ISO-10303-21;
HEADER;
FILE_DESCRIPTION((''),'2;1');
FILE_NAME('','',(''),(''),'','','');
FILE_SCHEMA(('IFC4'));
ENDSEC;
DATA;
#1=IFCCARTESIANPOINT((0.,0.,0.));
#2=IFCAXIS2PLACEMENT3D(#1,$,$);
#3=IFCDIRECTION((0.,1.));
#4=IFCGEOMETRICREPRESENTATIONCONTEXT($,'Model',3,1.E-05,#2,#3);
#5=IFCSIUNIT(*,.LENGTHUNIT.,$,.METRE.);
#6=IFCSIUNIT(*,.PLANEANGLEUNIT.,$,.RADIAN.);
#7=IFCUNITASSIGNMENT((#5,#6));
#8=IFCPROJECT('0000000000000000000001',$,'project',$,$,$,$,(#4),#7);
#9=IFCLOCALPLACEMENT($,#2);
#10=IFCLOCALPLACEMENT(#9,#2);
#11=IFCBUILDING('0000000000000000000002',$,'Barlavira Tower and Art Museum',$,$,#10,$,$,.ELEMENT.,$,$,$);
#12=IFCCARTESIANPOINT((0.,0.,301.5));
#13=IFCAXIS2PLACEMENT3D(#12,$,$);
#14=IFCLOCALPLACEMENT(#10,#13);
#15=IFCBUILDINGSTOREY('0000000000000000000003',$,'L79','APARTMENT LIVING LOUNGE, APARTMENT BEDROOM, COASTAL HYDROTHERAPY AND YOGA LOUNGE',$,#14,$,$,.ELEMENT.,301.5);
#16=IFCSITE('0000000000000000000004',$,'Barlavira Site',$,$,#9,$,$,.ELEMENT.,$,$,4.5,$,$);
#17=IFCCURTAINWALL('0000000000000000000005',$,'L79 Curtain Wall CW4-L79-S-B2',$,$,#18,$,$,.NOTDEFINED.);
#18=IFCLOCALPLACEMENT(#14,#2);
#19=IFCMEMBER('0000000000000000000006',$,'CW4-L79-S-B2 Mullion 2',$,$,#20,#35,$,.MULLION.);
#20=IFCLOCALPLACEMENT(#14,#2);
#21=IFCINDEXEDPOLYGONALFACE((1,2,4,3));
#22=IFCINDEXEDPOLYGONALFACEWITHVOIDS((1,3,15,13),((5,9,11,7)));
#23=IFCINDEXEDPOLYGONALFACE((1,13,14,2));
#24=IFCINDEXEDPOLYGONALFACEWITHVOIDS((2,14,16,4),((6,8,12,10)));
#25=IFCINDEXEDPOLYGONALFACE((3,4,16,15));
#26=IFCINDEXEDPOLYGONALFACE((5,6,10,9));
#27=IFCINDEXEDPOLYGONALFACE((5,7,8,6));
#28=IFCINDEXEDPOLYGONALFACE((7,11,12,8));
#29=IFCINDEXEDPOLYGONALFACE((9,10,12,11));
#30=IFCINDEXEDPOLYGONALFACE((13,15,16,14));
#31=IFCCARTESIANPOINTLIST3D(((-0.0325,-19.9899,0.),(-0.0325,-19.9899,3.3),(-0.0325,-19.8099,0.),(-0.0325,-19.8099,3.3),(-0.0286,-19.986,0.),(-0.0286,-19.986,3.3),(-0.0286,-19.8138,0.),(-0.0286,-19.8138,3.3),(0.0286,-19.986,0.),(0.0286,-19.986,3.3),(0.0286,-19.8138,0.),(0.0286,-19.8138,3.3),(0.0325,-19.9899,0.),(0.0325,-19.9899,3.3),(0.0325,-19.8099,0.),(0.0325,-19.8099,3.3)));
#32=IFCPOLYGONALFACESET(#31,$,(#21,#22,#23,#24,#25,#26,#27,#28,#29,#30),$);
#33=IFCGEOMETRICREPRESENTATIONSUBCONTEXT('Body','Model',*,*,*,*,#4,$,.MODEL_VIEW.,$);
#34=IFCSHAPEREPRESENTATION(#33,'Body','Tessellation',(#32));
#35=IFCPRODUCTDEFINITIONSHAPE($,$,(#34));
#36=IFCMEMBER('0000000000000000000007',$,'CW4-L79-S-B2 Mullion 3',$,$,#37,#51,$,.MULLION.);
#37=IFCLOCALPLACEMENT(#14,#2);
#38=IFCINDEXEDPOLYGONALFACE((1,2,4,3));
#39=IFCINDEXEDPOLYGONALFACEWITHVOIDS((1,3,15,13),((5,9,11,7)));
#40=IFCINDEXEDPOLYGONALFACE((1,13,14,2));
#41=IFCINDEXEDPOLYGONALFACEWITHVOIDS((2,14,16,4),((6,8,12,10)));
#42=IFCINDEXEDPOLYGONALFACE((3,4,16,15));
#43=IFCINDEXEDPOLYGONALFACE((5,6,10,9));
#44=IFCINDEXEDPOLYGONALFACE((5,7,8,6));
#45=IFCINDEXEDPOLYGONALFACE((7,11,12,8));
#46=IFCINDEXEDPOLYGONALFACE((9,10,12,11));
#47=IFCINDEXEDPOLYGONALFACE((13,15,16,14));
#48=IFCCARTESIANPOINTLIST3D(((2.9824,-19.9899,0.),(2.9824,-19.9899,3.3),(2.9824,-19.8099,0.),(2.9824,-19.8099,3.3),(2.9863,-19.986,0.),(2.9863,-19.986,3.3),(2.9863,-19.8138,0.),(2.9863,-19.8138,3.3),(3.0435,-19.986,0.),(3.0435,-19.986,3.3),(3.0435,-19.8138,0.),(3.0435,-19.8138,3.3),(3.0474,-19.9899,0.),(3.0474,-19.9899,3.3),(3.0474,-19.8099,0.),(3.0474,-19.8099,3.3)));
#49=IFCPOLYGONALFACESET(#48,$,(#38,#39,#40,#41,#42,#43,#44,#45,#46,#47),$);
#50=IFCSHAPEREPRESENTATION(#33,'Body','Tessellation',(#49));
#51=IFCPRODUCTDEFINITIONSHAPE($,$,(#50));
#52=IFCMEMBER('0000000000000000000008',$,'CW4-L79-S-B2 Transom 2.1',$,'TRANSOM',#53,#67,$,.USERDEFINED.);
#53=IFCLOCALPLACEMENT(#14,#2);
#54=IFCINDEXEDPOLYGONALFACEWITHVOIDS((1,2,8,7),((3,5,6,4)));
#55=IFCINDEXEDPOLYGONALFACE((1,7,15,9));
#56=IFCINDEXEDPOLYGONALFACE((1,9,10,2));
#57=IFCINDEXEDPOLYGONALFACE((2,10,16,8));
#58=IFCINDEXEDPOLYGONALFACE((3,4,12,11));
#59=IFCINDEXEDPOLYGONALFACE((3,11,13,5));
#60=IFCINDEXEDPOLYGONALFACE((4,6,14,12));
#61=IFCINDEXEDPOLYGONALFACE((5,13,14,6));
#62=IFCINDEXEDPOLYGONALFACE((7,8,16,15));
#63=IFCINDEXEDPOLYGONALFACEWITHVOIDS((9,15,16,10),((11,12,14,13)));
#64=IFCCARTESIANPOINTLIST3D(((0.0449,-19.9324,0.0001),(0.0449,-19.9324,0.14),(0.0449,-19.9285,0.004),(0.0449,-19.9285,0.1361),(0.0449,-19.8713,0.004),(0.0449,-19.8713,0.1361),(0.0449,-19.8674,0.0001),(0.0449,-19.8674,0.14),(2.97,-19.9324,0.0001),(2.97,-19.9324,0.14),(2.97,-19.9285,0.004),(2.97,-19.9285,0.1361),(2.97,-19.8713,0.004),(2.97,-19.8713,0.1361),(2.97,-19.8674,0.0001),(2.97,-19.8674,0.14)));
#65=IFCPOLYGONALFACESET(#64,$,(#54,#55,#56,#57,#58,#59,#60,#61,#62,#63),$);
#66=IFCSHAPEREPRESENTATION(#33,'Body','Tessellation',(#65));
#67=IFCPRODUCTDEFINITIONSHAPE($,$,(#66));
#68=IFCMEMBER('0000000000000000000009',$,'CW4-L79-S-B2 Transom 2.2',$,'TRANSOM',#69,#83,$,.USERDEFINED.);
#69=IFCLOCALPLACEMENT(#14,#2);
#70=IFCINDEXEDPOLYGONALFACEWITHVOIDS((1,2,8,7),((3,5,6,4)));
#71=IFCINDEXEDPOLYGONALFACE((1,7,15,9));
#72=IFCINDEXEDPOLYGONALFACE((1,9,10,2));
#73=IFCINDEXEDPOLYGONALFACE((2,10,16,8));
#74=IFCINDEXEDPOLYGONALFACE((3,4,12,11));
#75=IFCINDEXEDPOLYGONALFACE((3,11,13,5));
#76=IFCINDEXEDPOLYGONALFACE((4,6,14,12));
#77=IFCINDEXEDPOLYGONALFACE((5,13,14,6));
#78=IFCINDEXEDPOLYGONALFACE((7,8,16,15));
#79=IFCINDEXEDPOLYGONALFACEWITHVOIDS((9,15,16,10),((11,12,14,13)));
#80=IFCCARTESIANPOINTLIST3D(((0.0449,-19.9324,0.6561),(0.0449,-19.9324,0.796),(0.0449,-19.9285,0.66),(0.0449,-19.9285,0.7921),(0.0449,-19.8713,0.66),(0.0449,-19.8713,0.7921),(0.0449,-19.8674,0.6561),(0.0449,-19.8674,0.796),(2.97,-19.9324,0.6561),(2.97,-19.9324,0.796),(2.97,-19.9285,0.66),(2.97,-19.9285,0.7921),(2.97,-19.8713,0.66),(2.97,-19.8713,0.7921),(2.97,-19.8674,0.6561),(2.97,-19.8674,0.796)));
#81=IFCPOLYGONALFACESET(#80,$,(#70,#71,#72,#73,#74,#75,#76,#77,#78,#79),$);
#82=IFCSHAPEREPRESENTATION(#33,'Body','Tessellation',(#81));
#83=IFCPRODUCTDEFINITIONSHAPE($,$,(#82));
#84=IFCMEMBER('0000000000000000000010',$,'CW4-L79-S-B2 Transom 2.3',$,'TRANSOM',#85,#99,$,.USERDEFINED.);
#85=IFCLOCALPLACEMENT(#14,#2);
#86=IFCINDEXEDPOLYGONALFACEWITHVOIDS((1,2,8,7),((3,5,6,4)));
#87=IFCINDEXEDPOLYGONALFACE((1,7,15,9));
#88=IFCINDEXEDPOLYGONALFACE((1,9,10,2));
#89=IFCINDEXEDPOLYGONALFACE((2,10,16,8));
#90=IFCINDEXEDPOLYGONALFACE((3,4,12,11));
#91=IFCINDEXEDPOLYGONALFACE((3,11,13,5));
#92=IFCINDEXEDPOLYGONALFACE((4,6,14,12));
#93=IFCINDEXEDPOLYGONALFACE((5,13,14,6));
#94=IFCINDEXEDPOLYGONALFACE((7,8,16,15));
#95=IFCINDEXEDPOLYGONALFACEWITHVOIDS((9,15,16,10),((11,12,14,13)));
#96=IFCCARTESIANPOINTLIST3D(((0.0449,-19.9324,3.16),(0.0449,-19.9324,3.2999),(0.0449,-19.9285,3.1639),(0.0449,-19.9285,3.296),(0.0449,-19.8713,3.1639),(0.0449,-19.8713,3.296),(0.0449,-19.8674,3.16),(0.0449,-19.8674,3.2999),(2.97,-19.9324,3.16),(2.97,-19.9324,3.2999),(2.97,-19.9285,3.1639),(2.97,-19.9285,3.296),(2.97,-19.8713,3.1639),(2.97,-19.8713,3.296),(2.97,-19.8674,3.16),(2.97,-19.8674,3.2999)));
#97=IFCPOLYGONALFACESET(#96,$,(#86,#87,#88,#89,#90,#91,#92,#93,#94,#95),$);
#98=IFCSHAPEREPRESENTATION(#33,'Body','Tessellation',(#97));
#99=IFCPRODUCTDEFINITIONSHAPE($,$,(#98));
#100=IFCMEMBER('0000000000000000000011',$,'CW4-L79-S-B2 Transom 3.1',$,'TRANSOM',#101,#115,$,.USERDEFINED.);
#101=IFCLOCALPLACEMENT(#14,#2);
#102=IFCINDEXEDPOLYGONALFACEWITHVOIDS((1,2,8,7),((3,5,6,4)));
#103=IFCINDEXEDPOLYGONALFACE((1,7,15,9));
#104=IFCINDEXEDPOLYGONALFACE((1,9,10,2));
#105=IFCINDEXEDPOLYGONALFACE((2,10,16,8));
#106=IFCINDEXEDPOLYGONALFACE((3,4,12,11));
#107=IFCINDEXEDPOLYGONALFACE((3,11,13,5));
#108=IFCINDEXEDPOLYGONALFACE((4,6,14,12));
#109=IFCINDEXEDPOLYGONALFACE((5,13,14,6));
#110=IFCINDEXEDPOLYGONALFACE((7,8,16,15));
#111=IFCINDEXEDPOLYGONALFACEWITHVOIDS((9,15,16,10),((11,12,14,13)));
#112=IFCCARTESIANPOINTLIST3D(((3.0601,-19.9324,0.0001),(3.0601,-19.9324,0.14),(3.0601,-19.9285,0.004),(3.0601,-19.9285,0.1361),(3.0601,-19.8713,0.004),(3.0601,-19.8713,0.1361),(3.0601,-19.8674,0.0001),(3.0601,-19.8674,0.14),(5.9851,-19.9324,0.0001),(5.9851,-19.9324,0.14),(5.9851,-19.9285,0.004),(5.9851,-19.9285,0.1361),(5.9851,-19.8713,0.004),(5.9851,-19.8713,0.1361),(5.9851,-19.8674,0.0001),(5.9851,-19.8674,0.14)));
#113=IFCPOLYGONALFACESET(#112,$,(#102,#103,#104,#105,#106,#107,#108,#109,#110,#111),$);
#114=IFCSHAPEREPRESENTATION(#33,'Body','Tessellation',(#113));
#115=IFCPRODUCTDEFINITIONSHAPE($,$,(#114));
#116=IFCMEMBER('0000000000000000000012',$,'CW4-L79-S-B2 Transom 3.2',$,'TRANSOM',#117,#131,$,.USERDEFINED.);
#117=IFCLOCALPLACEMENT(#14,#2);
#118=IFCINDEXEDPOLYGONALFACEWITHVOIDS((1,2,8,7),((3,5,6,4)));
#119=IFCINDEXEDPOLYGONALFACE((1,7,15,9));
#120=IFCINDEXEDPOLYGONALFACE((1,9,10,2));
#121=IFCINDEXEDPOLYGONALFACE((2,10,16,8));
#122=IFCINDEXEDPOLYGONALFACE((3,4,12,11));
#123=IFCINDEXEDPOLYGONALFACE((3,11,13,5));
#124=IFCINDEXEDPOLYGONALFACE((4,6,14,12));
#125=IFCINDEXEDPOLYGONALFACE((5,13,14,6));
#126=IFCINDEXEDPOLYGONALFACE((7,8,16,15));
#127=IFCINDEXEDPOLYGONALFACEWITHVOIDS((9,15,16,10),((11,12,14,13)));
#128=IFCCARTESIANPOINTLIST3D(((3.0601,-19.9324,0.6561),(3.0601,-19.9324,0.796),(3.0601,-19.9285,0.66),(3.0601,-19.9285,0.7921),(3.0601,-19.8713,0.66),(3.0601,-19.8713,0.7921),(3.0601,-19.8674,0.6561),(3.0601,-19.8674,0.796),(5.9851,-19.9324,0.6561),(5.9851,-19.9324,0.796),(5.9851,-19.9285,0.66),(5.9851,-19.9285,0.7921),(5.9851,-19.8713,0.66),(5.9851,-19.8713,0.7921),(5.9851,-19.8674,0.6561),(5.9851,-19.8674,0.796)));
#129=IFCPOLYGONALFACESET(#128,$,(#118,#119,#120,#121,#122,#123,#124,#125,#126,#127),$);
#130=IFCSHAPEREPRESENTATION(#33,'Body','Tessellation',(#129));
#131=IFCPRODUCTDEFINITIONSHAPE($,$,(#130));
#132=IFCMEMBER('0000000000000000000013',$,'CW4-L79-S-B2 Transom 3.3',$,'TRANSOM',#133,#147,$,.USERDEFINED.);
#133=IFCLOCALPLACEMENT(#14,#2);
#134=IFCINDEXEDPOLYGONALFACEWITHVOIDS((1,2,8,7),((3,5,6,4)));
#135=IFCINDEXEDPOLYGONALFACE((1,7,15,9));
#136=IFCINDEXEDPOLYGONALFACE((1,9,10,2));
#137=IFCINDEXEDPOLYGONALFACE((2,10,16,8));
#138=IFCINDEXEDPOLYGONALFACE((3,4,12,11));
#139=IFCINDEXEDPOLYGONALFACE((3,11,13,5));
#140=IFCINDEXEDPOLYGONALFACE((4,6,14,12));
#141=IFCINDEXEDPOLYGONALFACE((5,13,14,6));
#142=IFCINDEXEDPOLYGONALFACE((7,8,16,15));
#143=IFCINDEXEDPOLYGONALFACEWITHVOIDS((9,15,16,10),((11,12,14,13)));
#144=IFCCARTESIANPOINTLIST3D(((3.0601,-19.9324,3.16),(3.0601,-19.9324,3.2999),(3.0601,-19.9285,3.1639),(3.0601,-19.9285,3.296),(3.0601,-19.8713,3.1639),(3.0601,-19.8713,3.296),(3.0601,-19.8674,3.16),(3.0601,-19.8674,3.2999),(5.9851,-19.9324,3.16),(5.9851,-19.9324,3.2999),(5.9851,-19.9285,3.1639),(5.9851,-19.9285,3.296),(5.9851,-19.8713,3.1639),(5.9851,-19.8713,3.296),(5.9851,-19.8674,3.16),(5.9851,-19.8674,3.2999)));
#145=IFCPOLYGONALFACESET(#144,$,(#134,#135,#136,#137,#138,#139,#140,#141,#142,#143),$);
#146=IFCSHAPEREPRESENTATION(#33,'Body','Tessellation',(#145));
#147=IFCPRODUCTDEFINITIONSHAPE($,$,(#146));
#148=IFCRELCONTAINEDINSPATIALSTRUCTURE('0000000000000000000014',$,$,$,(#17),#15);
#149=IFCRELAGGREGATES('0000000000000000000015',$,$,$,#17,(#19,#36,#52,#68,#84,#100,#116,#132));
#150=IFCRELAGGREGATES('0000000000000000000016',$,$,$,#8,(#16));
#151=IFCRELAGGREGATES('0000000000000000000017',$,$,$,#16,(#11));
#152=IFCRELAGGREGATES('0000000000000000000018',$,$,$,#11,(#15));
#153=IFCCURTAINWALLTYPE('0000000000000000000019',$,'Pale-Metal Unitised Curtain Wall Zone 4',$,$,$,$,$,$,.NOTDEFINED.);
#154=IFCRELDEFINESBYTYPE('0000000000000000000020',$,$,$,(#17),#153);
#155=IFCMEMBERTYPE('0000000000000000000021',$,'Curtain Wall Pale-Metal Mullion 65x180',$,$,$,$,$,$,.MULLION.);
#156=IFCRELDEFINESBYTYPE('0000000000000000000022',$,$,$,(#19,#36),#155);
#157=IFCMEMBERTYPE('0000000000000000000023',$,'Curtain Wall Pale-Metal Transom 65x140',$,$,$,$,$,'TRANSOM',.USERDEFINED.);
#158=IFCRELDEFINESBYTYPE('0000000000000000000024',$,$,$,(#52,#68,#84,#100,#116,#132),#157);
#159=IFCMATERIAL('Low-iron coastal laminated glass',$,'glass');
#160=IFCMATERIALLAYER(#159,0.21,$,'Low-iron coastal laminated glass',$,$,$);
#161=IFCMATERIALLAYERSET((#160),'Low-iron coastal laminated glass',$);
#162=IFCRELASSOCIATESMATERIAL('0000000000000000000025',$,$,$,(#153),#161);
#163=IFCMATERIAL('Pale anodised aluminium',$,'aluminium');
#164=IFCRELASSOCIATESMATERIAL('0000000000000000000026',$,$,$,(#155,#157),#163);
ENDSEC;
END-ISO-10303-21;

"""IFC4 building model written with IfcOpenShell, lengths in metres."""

from ifc_helpers import new_model, si_unit, direction, frame, origin, origin_2d, place, context, subcontext, project, spatial, hollow_rectangle, extrude, material, layer, layer_set, material_profile, profile_set, type_object, element, aggregate, save


model = new_model("IFC4")

# Units and contexts
model_context = context("Model", 3, precision=1e-05, world=origin(), true_north=direction((0.0, 1.0)))
body_context = subcontext(model_context, "Body", "Model", "MODEL_VIEW")
ifc_project = project(units=[si_unit("LENGTHUNIT", "METRE"), si_unit("PLANEANGLEUNIT", "RADIAN")], contexts=[model_context])

# Site, building, storey
site_placement = place(None, origin())
site = spatial("IfcSite", under=ifc_project, at=site_placement, Name="Barlavira Site", CompositionType="ELEMENT", RefElevation=4.5)
building_placement = place(site_placement, origin())
building = spatial("IfcBuilding", under=site, at=building_placement, Name="Barlavira Tower and Art Museum", CompositionType="ELEMENT")
storey_placement = place(building_placement, frame((0.0, 0.0, 301.5)))
storey = spatial("IfcBuildingStorey", under=building, at=storey_placement, Name="L79", Description="APARTMENT LIVING LOUNGE, APARTMENT BEDROOM, COASTAL HYDROTHERAPY AND YOGA LOUNGE", CompositionType="ELEMENT", Elevation=301.5)

# Curtain wall, members
ifc_material_1 = material(Name="Low-iron coastal laminated glass", Category="glass")
ifc_layer_1 = layer(ifc_material_1, 0.21, Name="Low-iron coastal laminated glass")
ifc_layer_set_1 = layer_set([ifc_layer_1], Name="Low-iron coastal laminated glass")
curtain_wall_type = type_object("IfcCurtainWallType", Name="Pale-Metal Unitised Curtain Wall Zone 4", PredefinedType="NOTDEFINED", material=ifc_layer_set_1)
curtain_wall_placement = place(storey_placement, origin())
curtain_wall = element("IfcCurtainWall", 1, at=curtain_wall_placement, inside=storey, type_object=curtain_wall_type, Name="L79 Curtain Wall CW4-L79-S-B2", PredefinedType="NOTDEFINED")
ifc_material_2 = material(Name="Pale anodised aluminium", Category="aluminium")
ifc_material_profile_1 = material_profile(ifc_material_2, hollow_rectangle(XDim=0.0649, YDim=0.1799, WallThickness=0.0039, at=origin_2d()), Name="ALU-MULL 65x180x4")
ifc_profile_set_1 = profile_set([ifc_material_profile_1], Name="Pale anodised aluminium")
member_type_1 = type_object("IfcMemberType", Name="Curtain Wall Pale-Metal Mullion 65x180", PredefinedType="MULLION", material=ifc_profile_set_1)
member_1_placement = place(storey_placement, frame((0.0, -19.8999, 0.0), z_axis=(0.0, 0.0, 1.0), x_axis=(1.0, 0.0, 0.0)))
member_1 = element("IfcMember", 2, at=member_1_placement, type_object=member_type_1, Name="CW4-L79-S-B2 Mullion 2", PredefinedType="MULLION", context=body_context, shape_type="SweptSolid", body=[
    extrude(hollow_rectangle(XDim=0.0649, YDim=0.1799, WallThickness=0.0039, at=origin_2d()), origin(), (0.0, 0.0, 1.0), 3.3),
])
member_2_placement = place(storey_placement, frame((3.0149, -19.8999, 0.0), z_axis=(0.0, 0.0, 1.0), x_axis=(1.0, 0.0, 0.0)))
member_2 = element("IfcMember", 3, at=member_2_placement, type_object=member_type_1, Name="CW4-L79-S-B2 Mullion 3", PredefinedType="MULLION", context=body_context, shape_type="SweptSolid", body=[
    extrude(hollow_rectangle(XDim=0.0649, YDim=0.1799, WallThickness=0.0039, at=origin_2d()), origin(), (0.0, 0.0, 1.0), 3.3),
])
ifc_material_profile_2 = material_profile(ifc_material_2, hollow_rectangle(XDim=0.0649, YDim=0.1399, WallThickness=0.0039, at=origin_2d()), Name="ALU-TRAN 65x140x4")
ifc_profile_set_2 = profile_set([ifc_material_profile_2], Name="Pale anodised aluminium")
member_type_2 = type_object("IfcMemberType", Name="Curtain Wall Pale-Metal Transom 65x140", ElementType="TRANSOM", PredefinedType="USERDEFINED", material=ifc_profile_set_2)
member_3_placement = place(storey_placement, frame((0.0449, -19.8999, 0.0701), z_axis=(1.0, 0.0, 0.0), x_axis=(0.0, 1.0, 0.0)))
member_3 = element("IfcMember", 4, at=member_3_placement, type_object=member_type_2, Name="CW4-L79-S-B2 Transom 2.1", ObjectType="TRANSOM", PredefinedType="USERDEFINED", context=body_context, shape_type="SweptSolid", body=[
    extrude(hollow_rectangle(XDim=0.0649, YDim=0.1399, WallThickness=0.0039, at=origin_2d()), origin(), (0.0, 0.0, 1.0), 2.925),
])
member_4_placement = place(storey_placement, frame((0.0449, -19.8999, 0.7261), z_axis=(1.0, 0.0, 0.0), x_axis=(0.0, 1.0, 0.0)))
member_4 = element("IfcMember", 5, at=member_4_placement, type_object=member_type_2, Name="CW4-L79-S-B2 Transom 2.2", ObjectType="TRANSOM", PredefinedType="USERDEFINED", context=body_context, shape_type="SweptSolid", body=[
    extrude(hollow_rectangle(XDim=0.0649, YDim=0.1399, WallThickness=0.0039, at=origin_2d()), origin(), (0.0, 0.0, 1.0), 2.925),
])
member_5_placement = place(storey_placement, frame((0.0449, -19.8999, 3.23), z_axis=(1.0, 0.0, 0.0), x_axis=(0.0, 1.0, 0.0)))
member_5 = element("IfcMember", 6, at=member_5_placement, type_object=member_type_2, Name="CW4-L79-S-B2 Transom 2.3", ObjectType="TRANSOM", PredefinedType="USERDEFINED", context=body_context, shape_type="SweptSolid", body=[
    extrude(hollow_rectangle(XDim=0.0649, YDim=0.1399, WallThickness=0.0039, at=origin_2d()), origin(), (0.0, 0.0, 1.0), 2.925),
])
member_6_placement = place(storey_placement, frame((3.0601, -19.8999, 0.0701), z_axis=(1.0, 0.0, 0.0), x_axis=(0.0, 1.0, 0.0)))
member_6 = element("IfcMember", 7, at=member_6_placement, type_object=member_type_2, Name="CW4-L79-S-B2 Transom 3.1", ObjectType="TRANSOM", PredefinedType="USERDEFINED", context=body_context, shape_type="SweptSolid", body=[
    extrude(hollow_rectangle(XDim=0.0649, YDim=0.1399, WallThickness=0.0039, at=origin_2d()), origin(), (0.0, 0.0, 1.0), 2.925),
])
member_7_placement = place(storey_placement, frame((3.0601, -19.8999, 0.7261), z_axis=(1.0, 0.0, 0.0), x_axis=(0.0, 1.0, 0.0)))
member_7 = element("IfcMember", 8, at=member_7_placement, type_object=member_type_2, Name="CW4-L79-S-B2 Transom 3.2", ObjectType="TRANSOM", PredefinedType="USERDEFINED", context=body_context, shape_type="SweptSolid", body=[
    extrude(hollow_rectangle(XDim=0.0649, YDim=0.1399, WallThickness=0.0039, at=origin_2d()), origin(), (0.0, 0.0, 1.0), 2.925),
])
member_8_placement = place(storey_placement, frame((3.0601, -19.8999, 3.23), z_axis=(1.0, 0.0, 0.0), x_axis=(0.0, 1.0, 0.0)))
member_8 = element("IfcMember", 9, at=member_8_placement, type_object=member_type_2, Name="CW4-L79-S-B2 Transom 3.3", ObjectType="TRANSOM", PredefinedType="USERDEFINED", context=body_context, shape_type="SweptSolid", body=[
    extrude(hollow_rectangle(XDim=0.0649, YDim=0.1399, WallThickness=0.0039, at=origin_2d()), origin(), (0.0, 0.0, 1.0), 2.925),
])

aggregate(curtain_wall, [member_1, member_2, member_3, member_4, member_5, member_6, member_7, member_8])

save(model, "model.ifc")
